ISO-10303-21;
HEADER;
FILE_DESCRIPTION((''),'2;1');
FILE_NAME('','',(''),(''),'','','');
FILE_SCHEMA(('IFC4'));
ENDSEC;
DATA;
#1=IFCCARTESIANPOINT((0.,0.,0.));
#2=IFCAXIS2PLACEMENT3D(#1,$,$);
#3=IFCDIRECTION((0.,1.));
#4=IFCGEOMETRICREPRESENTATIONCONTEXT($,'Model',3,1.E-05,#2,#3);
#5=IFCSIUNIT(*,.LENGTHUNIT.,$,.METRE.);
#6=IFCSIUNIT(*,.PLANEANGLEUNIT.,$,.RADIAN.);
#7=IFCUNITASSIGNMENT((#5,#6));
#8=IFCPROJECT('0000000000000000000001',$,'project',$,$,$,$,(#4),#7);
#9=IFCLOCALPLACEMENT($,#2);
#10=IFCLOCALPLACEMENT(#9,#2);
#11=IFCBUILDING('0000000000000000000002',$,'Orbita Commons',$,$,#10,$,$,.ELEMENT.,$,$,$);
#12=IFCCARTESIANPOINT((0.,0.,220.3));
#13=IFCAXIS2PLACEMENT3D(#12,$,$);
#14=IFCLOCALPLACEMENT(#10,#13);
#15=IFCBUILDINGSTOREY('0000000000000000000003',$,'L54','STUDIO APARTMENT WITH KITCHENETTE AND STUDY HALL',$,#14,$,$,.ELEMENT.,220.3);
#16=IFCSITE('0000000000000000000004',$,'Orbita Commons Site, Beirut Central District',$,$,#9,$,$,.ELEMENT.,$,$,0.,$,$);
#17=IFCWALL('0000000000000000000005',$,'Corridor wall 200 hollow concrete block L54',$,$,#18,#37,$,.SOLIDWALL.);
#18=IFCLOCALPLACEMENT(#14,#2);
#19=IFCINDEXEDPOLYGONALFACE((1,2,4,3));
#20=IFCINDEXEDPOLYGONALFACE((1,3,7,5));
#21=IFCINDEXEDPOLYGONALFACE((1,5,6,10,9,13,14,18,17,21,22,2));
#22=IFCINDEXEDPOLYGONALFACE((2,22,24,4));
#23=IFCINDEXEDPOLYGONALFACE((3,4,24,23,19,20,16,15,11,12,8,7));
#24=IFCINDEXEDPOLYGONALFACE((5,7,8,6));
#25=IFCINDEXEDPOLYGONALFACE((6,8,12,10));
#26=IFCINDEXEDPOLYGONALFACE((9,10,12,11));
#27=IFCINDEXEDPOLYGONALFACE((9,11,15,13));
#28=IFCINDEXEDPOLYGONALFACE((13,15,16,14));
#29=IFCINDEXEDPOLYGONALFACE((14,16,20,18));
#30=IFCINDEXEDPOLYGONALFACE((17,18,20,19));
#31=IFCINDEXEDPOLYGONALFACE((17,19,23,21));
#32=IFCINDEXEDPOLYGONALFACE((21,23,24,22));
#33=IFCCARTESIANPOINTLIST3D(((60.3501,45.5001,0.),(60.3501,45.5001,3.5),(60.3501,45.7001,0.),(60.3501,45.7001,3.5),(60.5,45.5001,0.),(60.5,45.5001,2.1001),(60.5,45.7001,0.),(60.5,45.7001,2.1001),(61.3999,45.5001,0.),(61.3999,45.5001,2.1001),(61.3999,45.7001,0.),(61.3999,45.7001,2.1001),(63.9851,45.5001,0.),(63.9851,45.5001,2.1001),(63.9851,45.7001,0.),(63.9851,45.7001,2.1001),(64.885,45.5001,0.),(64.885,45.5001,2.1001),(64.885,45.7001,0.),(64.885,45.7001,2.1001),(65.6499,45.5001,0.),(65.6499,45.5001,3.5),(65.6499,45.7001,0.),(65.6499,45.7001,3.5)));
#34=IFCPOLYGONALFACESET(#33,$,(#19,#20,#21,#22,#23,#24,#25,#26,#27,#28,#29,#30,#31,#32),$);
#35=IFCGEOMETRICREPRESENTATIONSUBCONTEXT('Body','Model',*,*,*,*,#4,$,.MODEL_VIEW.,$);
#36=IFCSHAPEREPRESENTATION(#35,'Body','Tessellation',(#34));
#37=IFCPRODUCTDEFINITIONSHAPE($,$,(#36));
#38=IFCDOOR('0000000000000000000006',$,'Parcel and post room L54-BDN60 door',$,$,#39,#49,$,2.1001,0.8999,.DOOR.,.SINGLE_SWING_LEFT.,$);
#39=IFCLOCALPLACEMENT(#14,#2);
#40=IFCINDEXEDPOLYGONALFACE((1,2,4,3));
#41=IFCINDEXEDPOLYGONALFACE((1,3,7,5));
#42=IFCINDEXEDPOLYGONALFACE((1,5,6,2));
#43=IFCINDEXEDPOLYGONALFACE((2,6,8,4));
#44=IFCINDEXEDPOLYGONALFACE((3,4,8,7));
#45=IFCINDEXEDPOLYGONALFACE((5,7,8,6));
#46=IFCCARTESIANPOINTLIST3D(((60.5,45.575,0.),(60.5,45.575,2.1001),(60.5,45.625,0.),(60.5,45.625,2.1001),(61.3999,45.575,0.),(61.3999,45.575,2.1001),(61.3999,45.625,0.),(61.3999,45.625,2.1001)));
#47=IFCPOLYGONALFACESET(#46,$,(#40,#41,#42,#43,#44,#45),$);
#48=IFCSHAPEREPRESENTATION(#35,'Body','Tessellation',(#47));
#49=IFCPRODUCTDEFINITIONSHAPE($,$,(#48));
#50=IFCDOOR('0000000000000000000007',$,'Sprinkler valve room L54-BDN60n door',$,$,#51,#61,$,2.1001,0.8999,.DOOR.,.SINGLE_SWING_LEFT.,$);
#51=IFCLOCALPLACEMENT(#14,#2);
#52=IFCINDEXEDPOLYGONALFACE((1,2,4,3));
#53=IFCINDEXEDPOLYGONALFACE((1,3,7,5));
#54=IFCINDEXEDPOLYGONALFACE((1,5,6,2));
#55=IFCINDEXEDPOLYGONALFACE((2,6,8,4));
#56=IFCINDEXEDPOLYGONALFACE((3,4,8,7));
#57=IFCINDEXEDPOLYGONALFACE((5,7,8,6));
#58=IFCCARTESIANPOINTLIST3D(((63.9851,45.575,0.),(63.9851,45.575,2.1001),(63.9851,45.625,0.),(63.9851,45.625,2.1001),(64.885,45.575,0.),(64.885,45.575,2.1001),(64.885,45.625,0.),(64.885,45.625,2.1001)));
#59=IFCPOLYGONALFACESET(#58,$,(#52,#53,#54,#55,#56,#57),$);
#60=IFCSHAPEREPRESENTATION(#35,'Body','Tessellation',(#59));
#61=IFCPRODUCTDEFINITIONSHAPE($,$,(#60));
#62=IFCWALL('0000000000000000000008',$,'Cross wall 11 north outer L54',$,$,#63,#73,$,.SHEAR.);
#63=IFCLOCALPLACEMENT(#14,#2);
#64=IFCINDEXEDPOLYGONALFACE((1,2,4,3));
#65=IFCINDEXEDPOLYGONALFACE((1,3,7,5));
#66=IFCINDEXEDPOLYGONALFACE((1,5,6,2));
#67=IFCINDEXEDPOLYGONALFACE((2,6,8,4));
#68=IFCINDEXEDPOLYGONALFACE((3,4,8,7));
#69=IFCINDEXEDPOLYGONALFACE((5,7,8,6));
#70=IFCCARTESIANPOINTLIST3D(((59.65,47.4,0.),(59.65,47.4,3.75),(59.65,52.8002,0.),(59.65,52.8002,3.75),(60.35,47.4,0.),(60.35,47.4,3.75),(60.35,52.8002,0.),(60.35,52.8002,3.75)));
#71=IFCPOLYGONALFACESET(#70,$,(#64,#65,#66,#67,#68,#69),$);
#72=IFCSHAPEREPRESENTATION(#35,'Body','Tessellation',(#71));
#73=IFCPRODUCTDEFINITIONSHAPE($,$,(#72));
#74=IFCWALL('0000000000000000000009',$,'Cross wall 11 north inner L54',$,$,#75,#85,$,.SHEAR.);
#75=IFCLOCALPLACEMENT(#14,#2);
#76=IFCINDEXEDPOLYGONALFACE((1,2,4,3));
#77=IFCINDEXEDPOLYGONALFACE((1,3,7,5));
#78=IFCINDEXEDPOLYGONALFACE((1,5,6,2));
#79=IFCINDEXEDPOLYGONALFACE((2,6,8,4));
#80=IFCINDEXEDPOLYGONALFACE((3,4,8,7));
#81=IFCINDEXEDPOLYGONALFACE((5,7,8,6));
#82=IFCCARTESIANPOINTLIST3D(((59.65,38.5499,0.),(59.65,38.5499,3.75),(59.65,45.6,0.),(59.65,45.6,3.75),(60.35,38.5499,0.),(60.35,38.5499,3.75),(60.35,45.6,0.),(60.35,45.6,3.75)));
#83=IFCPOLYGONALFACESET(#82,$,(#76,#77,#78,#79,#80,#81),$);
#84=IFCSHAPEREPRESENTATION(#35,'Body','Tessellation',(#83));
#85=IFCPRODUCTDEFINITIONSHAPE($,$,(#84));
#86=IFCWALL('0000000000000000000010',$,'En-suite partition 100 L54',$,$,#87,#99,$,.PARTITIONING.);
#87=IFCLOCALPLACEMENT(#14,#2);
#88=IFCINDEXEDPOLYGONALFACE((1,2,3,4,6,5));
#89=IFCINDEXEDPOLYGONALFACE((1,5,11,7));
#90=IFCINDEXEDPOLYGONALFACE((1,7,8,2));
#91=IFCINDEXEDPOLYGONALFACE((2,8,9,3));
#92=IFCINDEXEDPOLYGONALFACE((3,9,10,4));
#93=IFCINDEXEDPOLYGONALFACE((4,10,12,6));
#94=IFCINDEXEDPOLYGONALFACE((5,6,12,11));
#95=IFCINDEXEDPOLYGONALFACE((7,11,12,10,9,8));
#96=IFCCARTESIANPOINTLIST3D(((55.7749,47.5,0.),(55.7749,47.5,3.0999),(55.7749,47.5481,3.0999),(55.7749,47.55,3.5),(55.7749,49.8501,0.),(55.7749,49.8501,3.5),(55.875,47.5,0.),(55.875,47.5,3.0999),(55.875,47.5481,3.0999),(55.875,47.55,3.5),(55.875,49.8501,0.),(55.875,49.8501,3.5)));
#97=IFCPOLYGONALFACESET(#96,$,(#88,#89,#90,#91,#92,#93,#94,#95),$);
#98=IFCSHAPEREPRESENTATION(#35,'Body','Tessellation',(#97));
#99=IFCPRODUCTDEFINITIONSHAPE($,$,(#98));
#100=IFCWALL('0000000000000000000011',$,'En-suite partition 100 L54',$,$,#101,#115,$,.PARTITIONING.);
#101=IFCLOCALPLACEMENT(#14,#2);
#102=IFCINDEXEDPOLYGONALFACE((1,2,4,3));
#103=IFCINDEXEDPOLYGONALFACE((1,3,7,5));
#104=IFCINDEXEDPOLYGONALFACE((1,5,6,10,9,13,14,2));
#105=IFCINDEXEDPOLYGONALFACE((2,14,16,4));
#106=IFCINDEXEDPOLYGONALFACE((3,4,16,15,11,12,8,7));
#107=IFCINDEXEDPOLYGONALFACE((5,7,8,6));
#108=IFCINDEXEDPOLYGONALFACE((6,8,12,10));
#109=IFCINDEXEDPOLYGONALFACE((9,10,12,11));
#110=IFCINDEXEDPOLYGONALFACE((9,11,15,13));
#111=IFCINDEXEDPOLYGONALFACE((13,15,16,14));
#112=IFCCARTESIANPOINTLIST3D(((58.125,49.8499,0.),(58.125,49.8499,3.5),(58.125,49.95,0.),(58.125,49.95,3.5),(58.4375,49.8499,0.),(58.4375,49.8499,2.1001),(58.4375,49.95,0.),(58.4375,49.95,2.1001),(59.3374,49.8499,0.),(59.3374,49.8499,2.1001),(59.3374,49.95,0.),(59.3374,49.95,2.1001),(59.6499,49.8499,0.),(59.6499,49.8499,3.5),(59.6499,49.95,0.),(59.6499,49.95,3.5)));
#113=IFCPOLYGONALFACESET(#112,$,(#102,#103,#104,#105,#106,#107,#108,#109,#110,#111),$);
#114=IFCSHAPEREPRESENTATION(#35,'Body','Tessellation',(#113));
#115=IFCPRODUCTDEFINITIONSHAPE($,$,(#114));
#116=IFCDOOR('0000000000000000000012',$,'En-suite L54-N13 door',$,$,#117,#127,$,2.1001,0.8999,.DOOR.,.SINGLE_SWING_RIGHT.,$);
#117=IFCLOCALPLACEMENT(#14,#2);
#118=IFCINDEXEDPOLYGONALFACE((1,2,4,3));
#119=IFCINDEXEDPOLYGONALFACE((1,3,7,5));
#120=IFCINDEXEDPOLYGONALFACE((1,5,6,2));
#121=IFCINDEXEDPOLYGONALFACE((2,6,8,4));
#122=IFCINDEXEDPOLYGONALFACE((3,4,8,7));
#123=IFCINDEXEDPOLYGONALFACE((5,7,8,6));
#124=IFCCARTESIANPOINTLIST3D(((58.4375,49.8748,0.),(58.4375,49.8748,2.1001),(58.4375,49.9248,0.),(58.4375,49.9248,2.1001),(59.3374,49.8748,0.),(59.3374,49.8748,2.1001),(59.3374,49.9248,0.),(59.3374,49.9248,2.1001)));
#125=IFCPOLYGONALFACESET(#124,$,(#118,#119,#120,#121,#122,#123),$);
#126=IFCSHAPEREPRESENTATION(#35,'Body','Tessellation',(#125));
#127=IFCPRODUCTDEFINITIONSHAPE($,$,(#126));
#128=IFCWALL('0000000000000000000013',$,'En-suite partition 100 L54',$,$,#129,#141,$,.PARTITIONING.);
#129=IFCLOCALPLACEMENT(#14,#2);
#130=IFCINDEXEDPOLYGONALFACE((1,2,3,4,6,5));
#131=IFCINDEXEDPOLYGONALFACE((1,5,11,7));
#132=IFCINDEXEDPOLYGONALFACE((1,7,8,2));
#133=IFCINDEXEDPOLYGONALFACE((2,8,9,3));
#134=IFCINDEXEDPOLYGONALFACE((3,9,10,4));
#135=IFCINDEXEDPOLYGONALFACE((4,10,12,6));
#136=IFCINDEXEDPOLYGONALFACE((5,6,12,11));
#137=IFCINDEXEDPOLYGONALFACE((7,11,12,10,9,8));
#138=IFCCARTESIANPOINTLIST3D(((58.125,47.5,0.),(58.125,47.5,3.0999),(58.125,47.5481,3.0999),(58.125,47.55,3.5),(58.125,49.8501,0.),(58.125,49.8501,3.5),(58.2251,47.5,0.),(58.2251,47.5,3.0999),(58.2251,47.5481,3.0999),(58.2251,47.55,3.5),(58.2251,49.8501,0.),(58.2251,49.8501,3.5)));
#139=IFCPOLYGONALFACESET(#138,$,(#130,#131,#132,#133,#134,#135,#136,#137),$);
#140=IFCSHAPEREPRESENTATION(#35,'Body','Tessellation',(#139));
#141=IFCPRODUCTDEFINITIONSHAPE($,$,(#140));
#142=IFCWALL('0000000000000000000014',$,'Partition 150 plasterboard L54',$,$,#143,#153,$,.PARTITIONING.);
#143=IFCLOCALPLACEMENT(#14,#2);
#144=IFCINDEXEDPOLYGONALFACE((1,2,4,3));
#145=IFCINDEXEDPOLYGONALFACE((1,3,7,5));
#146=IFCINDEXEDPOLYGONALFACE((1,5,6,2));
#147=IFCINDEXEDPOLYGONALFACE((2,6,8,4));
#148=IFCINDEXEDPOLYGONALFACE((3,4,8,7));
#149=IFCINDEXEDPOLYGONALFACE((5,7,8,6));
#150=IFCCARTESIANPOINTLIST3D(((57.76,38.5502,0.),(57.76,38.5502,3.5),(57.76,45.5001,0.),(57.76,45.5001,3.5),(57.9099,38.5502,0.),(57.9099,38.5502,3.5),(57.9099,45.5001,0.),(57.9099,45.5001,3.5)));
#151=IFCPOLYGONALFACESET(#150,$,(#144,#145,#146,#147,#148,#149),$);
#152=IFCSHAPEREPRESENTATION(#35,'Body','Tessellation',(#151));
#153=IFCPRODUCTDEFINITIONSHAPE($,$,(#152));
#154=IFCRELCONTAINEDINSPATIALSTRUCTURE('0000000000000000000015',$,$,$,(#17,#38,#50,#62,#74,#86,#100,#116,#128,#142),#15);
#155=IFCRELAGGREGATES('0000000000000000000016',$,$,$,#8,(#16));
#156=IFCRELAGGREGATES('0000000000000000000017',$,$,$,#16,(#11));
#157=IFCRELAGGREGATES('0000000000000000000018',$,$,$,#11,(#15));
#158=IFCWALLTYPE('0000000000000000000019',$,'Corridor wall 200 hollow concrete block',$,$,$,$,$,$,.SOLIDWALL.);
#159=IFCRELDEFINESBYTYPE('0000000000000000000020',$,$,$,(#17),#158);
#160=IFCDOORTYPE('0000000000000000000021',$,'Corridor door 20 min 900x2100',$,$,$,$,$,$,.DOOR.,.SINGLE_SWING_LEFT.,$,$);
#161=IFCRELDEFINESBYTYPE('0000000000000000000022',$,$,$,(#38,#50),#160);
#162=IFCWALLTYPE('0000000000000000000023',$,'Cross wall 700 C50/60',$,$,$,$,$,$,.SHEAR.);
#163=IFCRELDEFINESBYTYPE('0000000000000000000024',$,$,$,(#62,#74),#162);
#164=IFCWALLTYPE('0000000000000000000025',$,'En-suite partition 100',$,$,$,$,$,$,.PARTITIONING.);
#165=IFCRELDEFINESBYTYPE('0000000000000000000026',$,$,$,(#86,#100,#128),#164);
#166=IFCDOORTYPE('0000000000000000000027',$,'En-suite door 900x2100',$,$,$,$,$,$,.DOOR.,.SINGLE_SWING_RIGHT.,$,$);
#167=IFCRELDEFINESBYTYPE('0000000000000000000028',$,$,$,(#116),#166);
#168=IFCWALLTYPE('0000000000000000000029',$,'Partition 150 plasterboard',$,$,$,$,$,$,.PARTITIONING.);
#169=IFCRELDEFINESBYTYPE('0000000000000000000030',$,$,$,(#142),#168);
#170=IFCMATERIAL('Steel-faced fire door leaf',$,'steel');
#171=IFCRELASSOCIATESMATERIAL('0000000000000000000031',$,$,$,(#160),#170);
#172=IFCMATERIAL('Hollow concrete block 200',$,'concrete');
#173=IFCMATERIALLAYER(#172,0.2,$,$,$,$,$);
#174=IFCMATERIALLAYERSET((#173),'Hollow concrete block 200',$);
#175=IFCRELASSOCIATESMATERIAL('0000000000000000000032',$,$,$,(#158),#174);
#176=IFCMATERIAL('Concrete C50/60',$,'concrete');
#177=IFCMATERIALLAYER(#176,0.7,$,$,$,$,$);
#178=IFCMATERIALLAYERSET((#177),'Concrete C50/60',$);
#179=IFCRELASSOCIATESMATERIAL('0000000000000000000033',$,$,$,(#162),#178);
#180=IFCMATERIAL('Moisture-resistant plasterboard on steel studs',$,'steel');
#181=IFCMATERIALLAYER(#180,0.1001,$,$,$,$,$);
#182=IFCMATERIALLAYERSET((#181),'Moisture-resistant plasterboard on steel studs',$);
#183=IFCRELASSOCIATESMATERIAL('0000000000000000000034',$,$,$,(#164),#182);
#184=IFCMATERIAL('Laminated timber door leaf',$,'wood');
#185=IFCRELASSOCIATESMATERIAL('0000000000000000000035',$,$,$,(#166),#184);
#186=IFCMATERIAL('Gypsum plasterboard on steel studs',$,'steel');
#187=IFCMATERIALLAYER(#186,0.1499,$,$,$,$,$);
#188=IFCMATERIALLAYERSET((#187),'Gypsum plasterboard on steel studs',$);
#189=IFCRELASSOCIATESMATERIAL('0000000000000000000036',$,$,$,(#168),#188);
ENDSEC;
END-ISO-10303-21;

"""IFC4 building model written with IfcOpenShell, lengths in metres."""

from ifc_helpers import new_model, si_unit, direction, frame, frame_2d, origin, place, context, subcontext, project, spatial, polyline, rectangle, outline, extrude, material, layer, layer_set, type_object, element, fill, save


model = new_model("IFC4")

# Units and contexts
model_context = context("Model", 3, precision=1e-05, world=origin(), true_north=direction((0.0, 1.0)))
body_context = subcontext(model_context, "Body", "Model", "MODEL_VIEW")
ifc_project = project(units=[si_unit("LENGTHUNIT", "METRE"), si_unit("PLANEANGLEUNIT", "RADIAN")], contexts=[model_context])

# Site, building, storey
site_placement = place(None, origin())
site = spatial("IfcSite", under=ifc_project, at=site_placement, Name="Orbita Commons Site, Beirut Central District", CompositionType="ELEMENT", RefElevation=0.0)
building_placement = place(site_placement, origin())
building = spatial("IfcBuilding", under=site, at=building_placement, Name="Orbita Commons", CompositionType="ELEMENT")
storey_placement = place(building_placement, frame((0.0, 0.0, 220.3)))
storey = spatial("IfcBuildingStorey", under=building, at=storey_placement, Name="L54", Description="STUDIO APARTMENT WITH KITCHENETTE AND STUDY HALL", CompositionType="ELEMENT", Elevation=220.3)

# Shared definitions
ifc_material_1 = material(Name="Steel-faced fire door leaf", Category="steel")
door_type_1 = type_object("IfcDoorType", Name="Corridor door 20 min 900x2100", OperationType="SINGLE_SWING_LEFT", PredefinedType="DOOR", material=ifc_material_1)

# Wall, openings, doors
ifc_material_2 = material(Name="Hollow concrete block 200", Category="concrete")
ifc_layer_1 = layer(ifc_material_2, 0.2)
ifc_layer_set_1 = layer_set([ifc_layer_1], Name="Hollow concrete block 200")
wall_type_1 = type_object("IfcWallType", Name="Corridor wall 200 hollow concrete block", PredefinedType="SOLIDWALL", material=ifc_layer_set_1)
wall_1_placement = place(storey_placement, frame((60.3501, 45.6001, 0.0), z_axis=(0.0, 0.0, 1.0), x_axis=(1.0, 0.0, 0.0)))
wall_1 = element("IfcWall", 1, at=wall_1_placement, inside=storey, type_object=wall_type_1, Name="Corridor wall 200 hollow concrete block L54", PredefinedType="SOLIDWALL", context=body_context, shape_type="SweptSolid", body=[
    extrude(rectangle(XDim=5.2998, YDim=0.2, at=frame_2d((2.6499, 0.0))), origin(), (0.0, 0.0, 1.0), 3.5),
])
opening_1_placement = place(wall_1_placement, frame((0.1499, 0.0, 0.0)))
opening_1 = element("IfcOpeningElement", 2, at=opening_1_placement, cuts=wall_1, PredefinedType="OPENING", context=body_context, shape_type="SweptSolid", body=[
    extrude(rectangle(XDim=0.8999, YDim=2.1001, at=frame_2d((0.45, 1.05))), frame((0.0, 0.1099, 0.0), z_axis=(0.0, -1.0, 0.0), x_axis=(1.0, 0.0, 0.0)), (0.0, 0.0, 1.0), 0.22),
])
opening_2_placement = place(wall_1_placement, frame((3.635, 0.0, 0.0)))
opening_2 = element("IfcOpeningElement", 3, at=opening_2_placement, cuts=wall_1, PredefinedType="OPENING", context=body_context, shape_type="SweptSolid", body=[
    extrude(rectangle(XDim=0.8999, YDim=2.1001, at=frame_2d((0.45, 1.05))), frame((0.0, 0.1099, 0.0), z_axis=(0.0, -1.0, 0.0), x_axis=(1.0, 0.0, 0.0)), (0.0, 0.0, 1.0), 0.22),
])
door_1_placement = place(opening_1_placement, origin())
door_1 = element("IfcDoor", 4, at=door_1_placement, inside=storey, type_object=door_type_1, Name="Parcel and post room L54-BDN60 door", OperationType="SINGLE_SWING_LEFT", OverallHeight=2.1001, OverallWidth=0.8999, PredefinedType="DOOR", context=body_context, shape_type="SweptSolid", body=[
    extrude(rectangle(XDim=0.8999, YDim=2.1001, at=frame_2d((0.45, 1.05))), frame((0.0, 0.0249, 0.0), z_axis=(0.0, -1.0, 0.0), x_axis=(1.0, 0.0, 0.0)), (0.0, 0.0, 1.0), 0.05),
])
fill(opening_1, door_1)
door_2_placement = place(opening_2_placement, origin())
door_2 = element("IfcDoor", 5, at=door_2_placement, inside=storey, type_object=door_type_1, Name="Sprinkler valve room L54-BDN60n door", OperationType="SINGLE_SWING_LEFT", OverallHeight=2.1001, OverallWidth=0.8999, PredefinedType="DOOR", context=body_context, shape_type="SweptSolid", body=[
    extrude(rectangle(XDim=0.8999, YDim=2.1001, at=frame_2d((0.45, 1.05))), frame((0.0, 0.0249, 0.0), z_axis=(0.0, -1.0, 0.0), x_axis=(1.0, 0.0, 0.0)), (0.0, 0.0, 1.0), 0.05),
])
fill(opening_2, door_2)

# Walls
ifc_material_3 = material(Name="Concrete C50/60", Category="concrete")
ifc_layer_2 = layer(ifc_material_3, 0.7)
ifc_layer_set_2 = layer_set([ifc_layer_2], Name="Concrete C50/60")
wall_type_2 = type_object("IfcWallType", Name="Cross wall 700 C50/60", PredefinedType="SHEAR", material=ifc_layer_set_2)
wall_2_placement = place(storey_placement, frame((60.0, 47.3999, 0.0), z_axis=(0.0, 0.0, 1.0), x_axis=(0.0, 1.0, 0.0)))
element("IfcWall", 6, at=wall_2_placement, inside=storey, type_object=wall_type_2, Name="Cross wall 11 north outer L54", PredefinedType="SHEAR", context=body_context, shape_type="SweptSolid", body=[
    extrude(rectangle(XDim=5.4001, YDim=0.7, at=frame_2d((2.7002, 0.0))), origin(), (0.0, 0.0, 1.0), 3.75),
])
wall_3_placement = place(storey_placement, frame((60.0, 38.55, 0.0), z_axis=(0.0, 0.0, 1.0), x_axis=(0.0, 1.0, 0.0)))
element("IfcWall", 7, at=wall_3_placement, inside=storey, type_object=wall_type_2, Name="Cross wall 11 north inner L54", PredefinedType="SHEAR", context=body_context, shape_type="SweptSolid", body=[
    extrude(rectangle(XDim=7.05, YDim=0.7, at=frame_2d((3.5249, 0.0))), origin(), (0.0, 0.0, 1.0), 3.75),
])
ifc_material_4 = material(Name="Moisture-resistant plasterboard on steel studs", Category="steel")
ifc_layer_3 = layer(ifc_material_4, 0.1001)
ifc_layer_set_3 = layer_set([ifc_layer_3], Name="Moisture-resistant plasterboard on steel studs")
wall_type_3 = type_object("IfcWallType", Name="En-suite partition 100", PredefinedType="PARTITIONING", material=ifc_layer_set_3)
wall_4_placement = place(storey_placement, frame((55.825, 49.8501, 0.0), z_axis=(0.0, 0.0, 1.0), x_axis=(0.0, -1.0, 0.0)))
element("IfcWall", 8, at=wall_4_placement, inside=storey, type_object=wall_type_3, Name="En-suite partition 100 L54", PredefinedType="PARTITIONING", context=body_context, shape_type="SweptSolid", body=[
    extrude(outline(polyline([(0.0, 0.0), (2.3501, 0.0), (2.3501, 3.0999), (2.302, 3.0999), (2.3, 3.5), (0.0, 3.5), (0.0, 0.0)])), frame((0.0, 0.05, 0.0), z_axis=(0.0, -1.0, 0.0), x_axis=(1.0, 0.0, 0.0)), (0.0, 0.0, 1.0), 0.1001),
])

# Wall, opening, door
wall_5_placement = place(storey_placement, frame((58.125, 49.8999, 0.0), z_axis=(0.0, 0.0, 1.0), x_axis=(1.0, 0.0, 0.0)))
wall_5 = element("IfcWall", 9, at=wall_5_placement, inside=storey, type_object=wall_type_3, Name="En-suite partition 100 L54", PredefinedType="PARTITIONING", context=body_context, shape_type="SweptSolid", body=[
    extrude(rectangle(XDim=1.5249, YDim=0.1001, at=frame_2d((0.7625, 0.0))), origin(), (0.0, 0.0, 1.0), 3.5),
])
opening_3_placement = place(wall_5_placement, frame((0.3125, 0.0, 0.0)))
opening_3 = element("IfcOpeningElement", 10, at=opening_3_placement, cuts=wall_5, PredefinedType="OPENING", context=body_context, shape_type="SweptSolid", body=[
    extrude(rectangle(XDim=0.8999, YDim=2.1001, at=frame_2d((0.45, 1.05))), frame((0.0, 0.0601, 0.0), z_axis=(0.0, -1.0, 0.0), x_axis=(1.0, 0.0, 0.0)), (0.0, 0.0, 1.0), 0.1201),
])
ifc_material_5 = material(Name="Laminated timber door leaf", Category="wood")
door_type_2 = type_object("IfcDoorType", Name="En-suite door 900x2100", OperationType="SINGLE_SWING_RIGHT", PredefinedType="DOOR", material=ifc_material_5)
door_3_placement = place(opening_3_placement, origin())
door_3 = element("IfcDoor", 11, at=door_3_placement, inside=storey, type_object=door_type_2, Name="En-suite L54-N13 door", OperationType="SINGLE_SWING_RIGHT", OverallHeight=2.1001, OverallWidth=0.8999, PredefinedType="DOOR", context=body_context, shape_type="SweptSolid", body=[
    extrude(rectangle(XDim=0.8999, YDim=2.1001, at=frame_2d((0.45, 1.05))), frame((0.0, 0.0249, 0.0), z_axis=(0.0, -1.0, 0.0), x_axis=(1.0, 0.0, 0.0)), (0.0, 0.0, 1.0), 0.05),
])
fill(opening_3, door_3)

# Walls
wall_6_placement = place(storey_placement, frame((58.175, 49.8501, 0.0), z_axis=(0.0, 0.0, 1.0), x_axis=(0.0, -1.0, 0.0)))
element("IfcWall", 12, at=wall_6_placement, inside=storey, type_object=wall_type_3, Name="En-suite partition 100 L54", PredefinedType="PARTITIONING", context=body_context, shape_type="SweptSolid", body=[
    extrude(outline(polyline([(0.0, 0.0), (2.3501, 0.0), (2.3501, 3.0999), (2.302, 3.0999), (2.3, 3.5), (0.0, 3.5), (0.0, 0.0)])), frame((0.0, 0.05, 0.0), z_axis=(0.0, -1.0, 0.0), x_axis=(1.0, 0.0, 0.0)), (0.0, 0.0, 1.0), 0.1001),
])
ifc_material_6 = material(Name="Gypsum plasterboard on steel studs", Category="steel")
ifc_layer_4 = layer(ifc_material_6, 0.1499)
ifc_layer_set_4 = layer_set([ifc_layer_4], Name="Gypsum plasterboard on steel studs")
wall_type_4 = type_object("IfcWallType", Name="Partition 150 plasterboard", PredefinedType="PARTITIONING", material=ifc_layer_set_4)
wall_7_placement = place(storey_placement, frame((57.835, 38.55, 0.0), z_axis=(0.0, 0.0, 1.0), x_axis=(0.0, 1.0, 0.0)))
element("IfcWall", 13, at=wall_7_placement, inside=storey, type_object=wall_type_4, Name="Partition 150 plasterboard L54", PredefinedType="PARTITIONING", context=body_context, shape_type="SweptSolid", body=[
    extrude(rectangle(XDim=6.95, YDim=0.1499, at=frame_2d((3.4751, 0.0))), origin(), (0.0, 0.0, 1.0), 3.5),
])

save(model, "model.ifc")
